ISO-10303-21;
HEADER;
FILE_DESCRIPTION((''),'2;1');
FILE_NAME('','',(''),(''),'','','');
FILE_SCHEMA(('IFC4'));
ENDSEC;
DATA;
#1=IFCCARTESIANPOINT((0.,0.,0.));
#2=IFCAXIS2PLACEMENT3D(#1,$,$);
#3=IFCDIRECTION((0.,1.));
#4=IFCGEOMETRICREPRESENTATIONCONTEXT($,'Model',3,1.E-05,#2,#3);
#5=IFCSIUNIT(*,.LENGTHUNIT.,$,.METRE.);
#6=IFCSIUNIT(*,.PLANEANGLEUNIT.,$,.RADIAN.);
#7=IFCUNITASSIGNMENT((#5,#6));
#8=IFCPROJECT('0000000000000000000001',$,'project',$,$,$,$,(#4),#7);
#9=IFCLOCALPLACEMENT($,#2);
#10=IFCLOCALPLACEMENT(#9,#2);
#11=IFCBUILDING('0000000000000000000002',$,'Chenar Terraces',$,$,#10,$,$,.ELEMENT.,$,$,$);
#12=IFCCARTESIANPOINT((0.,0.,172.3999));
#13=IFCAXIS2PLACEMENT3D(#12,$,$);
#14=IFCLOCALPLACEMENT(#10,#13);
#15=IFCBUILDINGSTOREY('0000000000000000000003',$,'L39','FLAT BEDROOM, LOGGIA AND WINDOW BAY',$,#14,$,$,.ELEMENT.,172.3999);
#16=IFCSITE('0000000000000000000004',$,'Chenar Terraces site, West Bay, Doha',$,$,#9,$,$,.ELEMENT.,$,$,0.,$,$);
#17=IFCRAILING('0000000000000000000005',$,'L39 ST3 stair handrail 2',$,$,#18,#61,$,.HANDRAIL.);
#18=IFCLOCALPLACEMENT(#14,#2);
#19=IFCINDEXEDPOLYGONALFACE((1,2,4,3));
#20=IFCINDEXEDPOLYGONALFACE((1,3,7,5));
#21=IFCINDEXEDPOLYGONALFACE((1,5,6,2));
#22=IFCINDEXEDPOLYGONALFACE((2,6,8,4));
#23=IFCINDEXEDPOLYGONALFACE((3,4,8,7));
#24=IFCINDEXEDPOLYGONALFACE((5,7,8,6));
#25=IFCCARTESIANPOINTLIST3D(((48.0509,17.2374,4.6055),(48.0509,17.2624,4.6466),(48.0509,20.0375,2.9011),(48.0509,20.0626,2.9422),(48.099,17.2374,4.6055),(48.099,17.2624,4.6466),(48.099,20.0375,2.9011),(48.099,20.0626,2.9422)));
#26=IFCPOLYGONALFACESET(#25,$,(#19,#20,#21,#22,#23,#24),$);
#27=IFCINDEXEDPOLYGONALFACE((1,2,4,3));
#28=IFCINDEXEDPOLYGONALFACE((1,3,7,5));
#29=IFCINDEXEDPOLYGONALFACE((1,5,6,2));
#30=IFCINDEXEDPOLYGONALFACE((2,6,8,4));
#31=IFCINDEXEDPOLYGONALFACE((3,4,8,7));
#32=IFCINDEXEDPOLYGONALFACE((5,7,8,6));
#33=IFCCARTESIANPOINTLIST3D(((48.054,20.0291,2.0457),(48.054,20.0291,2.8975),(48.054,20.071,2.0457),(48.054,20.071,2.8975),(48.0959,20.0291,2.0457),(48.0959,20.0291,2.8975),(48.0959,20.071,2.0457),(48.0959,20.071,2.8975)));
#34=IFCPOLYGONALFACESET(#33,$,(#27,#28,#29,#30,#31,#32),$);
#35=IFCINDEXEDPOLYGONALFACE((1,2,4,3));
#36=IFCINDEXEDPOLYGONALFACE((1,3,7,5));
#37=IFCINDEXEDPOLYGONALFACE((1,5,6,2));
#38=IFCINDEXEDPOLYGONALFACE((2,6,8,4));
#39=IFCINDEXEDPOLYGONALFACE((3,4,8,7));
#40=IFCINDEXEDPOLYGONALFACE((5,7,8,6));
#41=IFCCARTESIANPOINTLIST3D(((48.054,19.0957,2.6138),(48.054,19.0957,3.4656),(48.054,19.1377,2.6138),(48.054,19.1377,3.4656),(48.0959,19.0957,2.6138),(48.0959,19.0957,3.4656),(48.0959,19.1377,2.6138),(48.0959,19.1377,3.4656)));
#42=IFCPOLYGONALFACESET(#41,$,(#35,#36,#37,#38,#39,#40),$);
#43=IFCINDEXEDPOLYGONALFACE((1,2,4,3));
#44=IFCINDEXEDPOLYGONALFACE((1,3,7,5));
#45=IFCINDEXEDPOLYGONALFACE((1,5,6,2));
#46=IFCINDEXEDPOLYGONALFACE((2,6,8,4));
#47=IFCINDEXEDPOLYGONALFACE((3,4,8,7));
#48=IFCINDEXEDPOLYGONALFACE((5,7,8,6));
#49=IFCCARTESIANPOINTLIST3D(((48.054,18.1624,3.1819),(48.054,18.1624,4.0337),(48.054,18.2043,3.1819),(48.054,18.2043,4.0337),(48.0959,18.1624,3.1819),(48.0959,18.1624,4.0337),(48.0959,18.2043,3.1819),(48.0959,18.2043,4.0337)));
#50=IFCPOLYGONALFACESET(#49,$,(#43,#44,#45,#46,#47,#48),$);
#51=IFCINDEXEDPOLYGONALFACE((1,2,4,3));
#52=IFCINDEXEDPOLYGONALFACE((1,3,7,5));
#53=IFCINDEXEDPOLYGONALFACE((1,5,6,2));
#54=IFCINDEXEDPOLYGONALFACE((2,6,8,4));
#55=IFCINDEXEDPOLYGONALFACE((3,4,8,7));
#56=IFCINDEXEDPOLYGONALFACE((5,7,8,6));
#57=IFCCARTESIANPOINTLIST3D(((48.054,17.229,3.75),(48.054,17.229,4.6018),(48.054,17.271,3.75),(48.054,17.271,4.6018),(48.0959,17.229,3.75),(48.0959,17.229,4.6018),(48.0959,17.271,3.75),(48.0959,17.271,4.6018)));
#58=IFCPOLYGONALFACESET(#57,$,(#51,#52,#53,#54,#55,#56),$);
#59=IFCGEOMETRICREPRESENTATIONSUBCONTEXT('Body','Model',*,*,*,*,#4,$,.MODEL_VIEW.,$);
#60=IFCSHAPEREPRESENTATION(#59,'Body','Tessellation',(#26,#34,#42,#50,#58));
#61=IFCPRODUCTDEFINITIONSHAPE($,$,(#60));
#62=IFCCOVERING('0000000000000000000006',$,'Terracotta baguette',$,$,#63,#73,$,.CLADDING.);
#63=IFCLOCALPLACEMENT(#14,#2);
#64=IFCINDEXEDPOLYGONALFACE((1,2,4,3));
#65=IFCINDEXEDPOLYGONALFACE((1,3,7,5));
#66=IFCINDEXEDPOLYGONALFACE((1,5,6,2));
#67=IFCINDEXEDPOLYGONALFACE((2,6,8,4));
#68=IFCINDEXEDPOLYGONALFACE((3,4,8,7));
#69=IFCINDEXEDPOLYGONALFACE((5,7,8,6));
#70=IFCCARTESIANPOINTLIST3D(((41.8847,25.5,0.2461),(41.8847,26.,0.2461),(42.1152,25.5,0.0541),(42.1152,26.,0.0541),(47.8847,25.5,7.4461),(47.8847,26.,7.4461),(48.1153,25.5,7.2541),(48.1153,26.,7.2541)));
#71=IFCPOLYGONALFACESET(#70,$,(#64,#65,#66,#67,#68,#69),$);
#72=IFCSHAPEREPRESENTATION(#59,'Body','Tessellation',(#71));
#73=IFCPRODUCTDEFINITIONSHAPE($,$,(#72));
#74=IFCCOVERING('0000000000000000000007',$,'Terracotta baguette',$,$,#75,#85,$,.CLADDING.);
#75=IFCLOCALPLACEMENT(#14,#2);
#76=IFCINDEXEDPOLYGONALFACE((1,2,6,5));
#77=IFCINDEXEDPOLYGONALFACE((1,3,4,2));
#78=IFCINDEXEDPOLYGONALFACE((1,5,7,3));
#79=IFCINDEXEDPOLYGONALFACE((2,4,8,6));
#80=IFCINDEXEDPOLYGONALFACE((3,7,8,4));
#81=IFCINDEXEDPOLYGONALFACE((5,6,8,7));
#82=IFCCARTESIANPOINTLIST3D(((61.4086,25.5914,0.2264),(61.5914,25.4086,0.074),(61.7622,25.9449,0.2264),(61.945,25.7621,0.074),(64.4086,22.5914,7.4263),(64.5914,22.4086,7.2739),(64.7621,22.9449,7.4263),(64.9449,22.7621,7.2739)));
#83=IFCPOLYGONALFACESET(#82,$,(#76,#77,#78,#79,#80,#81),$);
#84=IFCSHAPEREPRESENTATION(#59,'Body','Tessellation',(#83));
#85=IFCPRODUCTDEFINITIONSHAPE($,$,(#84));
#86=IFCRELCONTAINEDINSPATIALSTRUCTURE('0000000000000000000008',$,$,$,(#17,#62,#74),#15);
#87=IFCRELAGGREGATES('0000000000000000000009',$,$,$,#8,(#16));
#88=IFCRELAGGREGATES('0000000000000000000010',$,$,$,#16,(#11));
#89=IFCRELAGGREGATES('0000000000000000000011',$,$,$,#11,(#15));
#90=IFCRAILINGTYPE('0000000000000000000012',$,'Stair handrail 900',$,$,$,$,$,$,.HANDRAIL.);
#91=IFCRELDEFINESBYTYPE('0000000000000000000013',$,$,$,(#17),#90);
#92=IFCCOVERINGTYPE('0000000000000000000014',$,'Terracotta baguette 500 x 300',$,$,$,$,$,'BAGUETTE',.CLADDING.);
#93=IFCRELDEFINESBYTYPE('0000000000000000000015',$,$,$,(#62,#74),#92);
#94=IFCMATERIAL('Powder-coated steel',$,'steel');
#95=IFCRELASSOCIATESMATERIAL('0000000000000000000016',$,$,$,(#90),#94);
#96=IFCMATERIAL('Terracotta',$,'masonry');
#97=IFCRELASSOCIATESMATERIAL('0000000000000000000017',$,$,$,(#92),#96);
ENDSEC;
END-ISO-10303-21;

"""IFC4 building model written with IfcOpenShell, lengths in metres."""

from ifc_helpers import new_model, si_unit, direction, frame, origin, origin_2d, place, context, subcontext, project, spatial, rectangle, extrude, material, material_profile, profile_set, type_object, element, save


model = new_model("IFC4")

# Units and contexts
model_context = context("Model", 3, precision=1e-05, world=origin(), true_north=direction((0.0, 1.0)))
body_context = subcontext(model_context, "Body", "Model", "MODEL_VIEW")
ifc_project = project(units=[si_unit("LENGTHUNIT", "METRE"), si_unit("PLANEANGLEUNIT", "RADIAN")], contexts=[model_context])

# Site, building, storey
site_placement = place(None, origin())
site = spatial("IfcSite", under=ifc_project, at=site_placement, Name="Chenar Terraces site, West Bay, Doha", CompositionType="ELEMENT", RefElevation=0.0)
building_placement = place(site_placement, origin())
building = spatial("IfcBuilding", under=site, at=building_placement, Name="Chenar Terraces", CompositionType="ELEMENT")
storey_placement = place(building_placement, frame((0.0, 0.0, 172.3999)))
storey = spatial("IfcBuildingStorey", under=building, at=storey_placement, Name="L39", Description="FLAT BEDROOM, LOGGIA AND WINDOW BAY", CompositionType="ELEMENT", Elevation=172.3999)

# Railing
ifc_material_1 = material(Name="Powder-coated steel", Category="steel")
railing_type_1 = type_object("IfcRailingType", Name="Stair handrail 900", PredefinedType="HANDRAIL", material=ifc_material_1)
railing_1_placement = place(storey_placement, frame((48.075, 20.05, 2.0457)))
element("IfcRailing", 1, at=railing_1_placement, inside=storey, type_object=railing_type_1, Name="L39 ST3 stair handrail 2", PredefinedType="HANDRAIL", context=body_context, shape_type="SweptSolid", body=[
    extrude(rectangle(XDim=0.0481, YDim=0.0481, at=origin_2d()), frame((0.0, 0.0, 0.876), z_axis=(0.0, -0.854203, 0.51994), x_axis=(1.0, 0.0, 0.0)), (0.0, 0.0, 1.0), 3.2781),
    extrude(rectangle(XDim=0.042, YDim=0.042, at=origin_2d()), origin(), (0.0, 0.0, 1.0), 0.8518),
    extrude(rectangle(XDim=0.042, YDim=0.042, at=origin_2d()), frame((0.0, -0.9333, 0.5681)), (0.0, 0.0, 1.0), 0.8518),
    extrude(rectangle(XDim=0.042, YDim=0.042, at=origin_2d()), frame((0.0, -1.8667, 1.1362)), (0.0, 0.0, 1.0), 0.8518),
    extrude(rectangle(XDim=0.042, YDim=0.042, at=origin_2d()), frame((0.0, -2.8, 1.7043)), (0.0, 0.0, 1.0), 0.8518),
])

# Coverings
ifc_material_2 = material(Name="Terracotta", Category="masonry")
ifc_material_profile_1 = material_profile(ifc_material_2, rectangle(XDim=0.5, YDim=0.3, at=origin_2d()), Name="Terracotta baguette 500 x 300")
ifc_profile_set_1 = profile_set([ifc_material_profile_1], Name="Terracotta")
covering_type = type_object("IfcCoveringType", Name="Terracotta baguette 500 x 300", ElementType="BAGUETTE", PredefinedType="CLADDING", material=ifc_profile_set_1)
covering_1_placement = place(storey_placement, frame((48.0, 25.75, 7.3501), z_axis=(-0.640187, 0.0, -0.768219), x_axis=(0.0, -1.0, 0.0)))
element("IfcCovering", 2, at=covering_1_placement, inside=storey, type_object=covering_type, Name="Terracotta baguette", PredefinedType="CLADDING", context=body_context, shape_type="SweptSolid", body=[
    extrude(rectangle(XDim=0.5, YDim=0.3, at=origin_2d()), origin(), (0.0, 0.0, 1.0), 9.3723),
])
covering_2_placement = place(storey_placement, frame((64.6768, 22.6768, 7.3501), z_axis=(-0.358981, 0.358981, -0.861548), x_axis=(-0.707107, -0.707107, 0.0)))
element("IfcCovering", 3, at=covering_2_placement, inside=storey, type_object=covering_type, Name="Terracotta baguette", PredefinedType="CLADDING", context=body_context, shape_type="SweptSolid", body=[
    extrude(rectangle(XDim=0.5, YDim=0.3, at=origin_2d()), origin(), (0.0, 0.0, 1.0), 8.3569),
])

save(model, "model.ifc")
